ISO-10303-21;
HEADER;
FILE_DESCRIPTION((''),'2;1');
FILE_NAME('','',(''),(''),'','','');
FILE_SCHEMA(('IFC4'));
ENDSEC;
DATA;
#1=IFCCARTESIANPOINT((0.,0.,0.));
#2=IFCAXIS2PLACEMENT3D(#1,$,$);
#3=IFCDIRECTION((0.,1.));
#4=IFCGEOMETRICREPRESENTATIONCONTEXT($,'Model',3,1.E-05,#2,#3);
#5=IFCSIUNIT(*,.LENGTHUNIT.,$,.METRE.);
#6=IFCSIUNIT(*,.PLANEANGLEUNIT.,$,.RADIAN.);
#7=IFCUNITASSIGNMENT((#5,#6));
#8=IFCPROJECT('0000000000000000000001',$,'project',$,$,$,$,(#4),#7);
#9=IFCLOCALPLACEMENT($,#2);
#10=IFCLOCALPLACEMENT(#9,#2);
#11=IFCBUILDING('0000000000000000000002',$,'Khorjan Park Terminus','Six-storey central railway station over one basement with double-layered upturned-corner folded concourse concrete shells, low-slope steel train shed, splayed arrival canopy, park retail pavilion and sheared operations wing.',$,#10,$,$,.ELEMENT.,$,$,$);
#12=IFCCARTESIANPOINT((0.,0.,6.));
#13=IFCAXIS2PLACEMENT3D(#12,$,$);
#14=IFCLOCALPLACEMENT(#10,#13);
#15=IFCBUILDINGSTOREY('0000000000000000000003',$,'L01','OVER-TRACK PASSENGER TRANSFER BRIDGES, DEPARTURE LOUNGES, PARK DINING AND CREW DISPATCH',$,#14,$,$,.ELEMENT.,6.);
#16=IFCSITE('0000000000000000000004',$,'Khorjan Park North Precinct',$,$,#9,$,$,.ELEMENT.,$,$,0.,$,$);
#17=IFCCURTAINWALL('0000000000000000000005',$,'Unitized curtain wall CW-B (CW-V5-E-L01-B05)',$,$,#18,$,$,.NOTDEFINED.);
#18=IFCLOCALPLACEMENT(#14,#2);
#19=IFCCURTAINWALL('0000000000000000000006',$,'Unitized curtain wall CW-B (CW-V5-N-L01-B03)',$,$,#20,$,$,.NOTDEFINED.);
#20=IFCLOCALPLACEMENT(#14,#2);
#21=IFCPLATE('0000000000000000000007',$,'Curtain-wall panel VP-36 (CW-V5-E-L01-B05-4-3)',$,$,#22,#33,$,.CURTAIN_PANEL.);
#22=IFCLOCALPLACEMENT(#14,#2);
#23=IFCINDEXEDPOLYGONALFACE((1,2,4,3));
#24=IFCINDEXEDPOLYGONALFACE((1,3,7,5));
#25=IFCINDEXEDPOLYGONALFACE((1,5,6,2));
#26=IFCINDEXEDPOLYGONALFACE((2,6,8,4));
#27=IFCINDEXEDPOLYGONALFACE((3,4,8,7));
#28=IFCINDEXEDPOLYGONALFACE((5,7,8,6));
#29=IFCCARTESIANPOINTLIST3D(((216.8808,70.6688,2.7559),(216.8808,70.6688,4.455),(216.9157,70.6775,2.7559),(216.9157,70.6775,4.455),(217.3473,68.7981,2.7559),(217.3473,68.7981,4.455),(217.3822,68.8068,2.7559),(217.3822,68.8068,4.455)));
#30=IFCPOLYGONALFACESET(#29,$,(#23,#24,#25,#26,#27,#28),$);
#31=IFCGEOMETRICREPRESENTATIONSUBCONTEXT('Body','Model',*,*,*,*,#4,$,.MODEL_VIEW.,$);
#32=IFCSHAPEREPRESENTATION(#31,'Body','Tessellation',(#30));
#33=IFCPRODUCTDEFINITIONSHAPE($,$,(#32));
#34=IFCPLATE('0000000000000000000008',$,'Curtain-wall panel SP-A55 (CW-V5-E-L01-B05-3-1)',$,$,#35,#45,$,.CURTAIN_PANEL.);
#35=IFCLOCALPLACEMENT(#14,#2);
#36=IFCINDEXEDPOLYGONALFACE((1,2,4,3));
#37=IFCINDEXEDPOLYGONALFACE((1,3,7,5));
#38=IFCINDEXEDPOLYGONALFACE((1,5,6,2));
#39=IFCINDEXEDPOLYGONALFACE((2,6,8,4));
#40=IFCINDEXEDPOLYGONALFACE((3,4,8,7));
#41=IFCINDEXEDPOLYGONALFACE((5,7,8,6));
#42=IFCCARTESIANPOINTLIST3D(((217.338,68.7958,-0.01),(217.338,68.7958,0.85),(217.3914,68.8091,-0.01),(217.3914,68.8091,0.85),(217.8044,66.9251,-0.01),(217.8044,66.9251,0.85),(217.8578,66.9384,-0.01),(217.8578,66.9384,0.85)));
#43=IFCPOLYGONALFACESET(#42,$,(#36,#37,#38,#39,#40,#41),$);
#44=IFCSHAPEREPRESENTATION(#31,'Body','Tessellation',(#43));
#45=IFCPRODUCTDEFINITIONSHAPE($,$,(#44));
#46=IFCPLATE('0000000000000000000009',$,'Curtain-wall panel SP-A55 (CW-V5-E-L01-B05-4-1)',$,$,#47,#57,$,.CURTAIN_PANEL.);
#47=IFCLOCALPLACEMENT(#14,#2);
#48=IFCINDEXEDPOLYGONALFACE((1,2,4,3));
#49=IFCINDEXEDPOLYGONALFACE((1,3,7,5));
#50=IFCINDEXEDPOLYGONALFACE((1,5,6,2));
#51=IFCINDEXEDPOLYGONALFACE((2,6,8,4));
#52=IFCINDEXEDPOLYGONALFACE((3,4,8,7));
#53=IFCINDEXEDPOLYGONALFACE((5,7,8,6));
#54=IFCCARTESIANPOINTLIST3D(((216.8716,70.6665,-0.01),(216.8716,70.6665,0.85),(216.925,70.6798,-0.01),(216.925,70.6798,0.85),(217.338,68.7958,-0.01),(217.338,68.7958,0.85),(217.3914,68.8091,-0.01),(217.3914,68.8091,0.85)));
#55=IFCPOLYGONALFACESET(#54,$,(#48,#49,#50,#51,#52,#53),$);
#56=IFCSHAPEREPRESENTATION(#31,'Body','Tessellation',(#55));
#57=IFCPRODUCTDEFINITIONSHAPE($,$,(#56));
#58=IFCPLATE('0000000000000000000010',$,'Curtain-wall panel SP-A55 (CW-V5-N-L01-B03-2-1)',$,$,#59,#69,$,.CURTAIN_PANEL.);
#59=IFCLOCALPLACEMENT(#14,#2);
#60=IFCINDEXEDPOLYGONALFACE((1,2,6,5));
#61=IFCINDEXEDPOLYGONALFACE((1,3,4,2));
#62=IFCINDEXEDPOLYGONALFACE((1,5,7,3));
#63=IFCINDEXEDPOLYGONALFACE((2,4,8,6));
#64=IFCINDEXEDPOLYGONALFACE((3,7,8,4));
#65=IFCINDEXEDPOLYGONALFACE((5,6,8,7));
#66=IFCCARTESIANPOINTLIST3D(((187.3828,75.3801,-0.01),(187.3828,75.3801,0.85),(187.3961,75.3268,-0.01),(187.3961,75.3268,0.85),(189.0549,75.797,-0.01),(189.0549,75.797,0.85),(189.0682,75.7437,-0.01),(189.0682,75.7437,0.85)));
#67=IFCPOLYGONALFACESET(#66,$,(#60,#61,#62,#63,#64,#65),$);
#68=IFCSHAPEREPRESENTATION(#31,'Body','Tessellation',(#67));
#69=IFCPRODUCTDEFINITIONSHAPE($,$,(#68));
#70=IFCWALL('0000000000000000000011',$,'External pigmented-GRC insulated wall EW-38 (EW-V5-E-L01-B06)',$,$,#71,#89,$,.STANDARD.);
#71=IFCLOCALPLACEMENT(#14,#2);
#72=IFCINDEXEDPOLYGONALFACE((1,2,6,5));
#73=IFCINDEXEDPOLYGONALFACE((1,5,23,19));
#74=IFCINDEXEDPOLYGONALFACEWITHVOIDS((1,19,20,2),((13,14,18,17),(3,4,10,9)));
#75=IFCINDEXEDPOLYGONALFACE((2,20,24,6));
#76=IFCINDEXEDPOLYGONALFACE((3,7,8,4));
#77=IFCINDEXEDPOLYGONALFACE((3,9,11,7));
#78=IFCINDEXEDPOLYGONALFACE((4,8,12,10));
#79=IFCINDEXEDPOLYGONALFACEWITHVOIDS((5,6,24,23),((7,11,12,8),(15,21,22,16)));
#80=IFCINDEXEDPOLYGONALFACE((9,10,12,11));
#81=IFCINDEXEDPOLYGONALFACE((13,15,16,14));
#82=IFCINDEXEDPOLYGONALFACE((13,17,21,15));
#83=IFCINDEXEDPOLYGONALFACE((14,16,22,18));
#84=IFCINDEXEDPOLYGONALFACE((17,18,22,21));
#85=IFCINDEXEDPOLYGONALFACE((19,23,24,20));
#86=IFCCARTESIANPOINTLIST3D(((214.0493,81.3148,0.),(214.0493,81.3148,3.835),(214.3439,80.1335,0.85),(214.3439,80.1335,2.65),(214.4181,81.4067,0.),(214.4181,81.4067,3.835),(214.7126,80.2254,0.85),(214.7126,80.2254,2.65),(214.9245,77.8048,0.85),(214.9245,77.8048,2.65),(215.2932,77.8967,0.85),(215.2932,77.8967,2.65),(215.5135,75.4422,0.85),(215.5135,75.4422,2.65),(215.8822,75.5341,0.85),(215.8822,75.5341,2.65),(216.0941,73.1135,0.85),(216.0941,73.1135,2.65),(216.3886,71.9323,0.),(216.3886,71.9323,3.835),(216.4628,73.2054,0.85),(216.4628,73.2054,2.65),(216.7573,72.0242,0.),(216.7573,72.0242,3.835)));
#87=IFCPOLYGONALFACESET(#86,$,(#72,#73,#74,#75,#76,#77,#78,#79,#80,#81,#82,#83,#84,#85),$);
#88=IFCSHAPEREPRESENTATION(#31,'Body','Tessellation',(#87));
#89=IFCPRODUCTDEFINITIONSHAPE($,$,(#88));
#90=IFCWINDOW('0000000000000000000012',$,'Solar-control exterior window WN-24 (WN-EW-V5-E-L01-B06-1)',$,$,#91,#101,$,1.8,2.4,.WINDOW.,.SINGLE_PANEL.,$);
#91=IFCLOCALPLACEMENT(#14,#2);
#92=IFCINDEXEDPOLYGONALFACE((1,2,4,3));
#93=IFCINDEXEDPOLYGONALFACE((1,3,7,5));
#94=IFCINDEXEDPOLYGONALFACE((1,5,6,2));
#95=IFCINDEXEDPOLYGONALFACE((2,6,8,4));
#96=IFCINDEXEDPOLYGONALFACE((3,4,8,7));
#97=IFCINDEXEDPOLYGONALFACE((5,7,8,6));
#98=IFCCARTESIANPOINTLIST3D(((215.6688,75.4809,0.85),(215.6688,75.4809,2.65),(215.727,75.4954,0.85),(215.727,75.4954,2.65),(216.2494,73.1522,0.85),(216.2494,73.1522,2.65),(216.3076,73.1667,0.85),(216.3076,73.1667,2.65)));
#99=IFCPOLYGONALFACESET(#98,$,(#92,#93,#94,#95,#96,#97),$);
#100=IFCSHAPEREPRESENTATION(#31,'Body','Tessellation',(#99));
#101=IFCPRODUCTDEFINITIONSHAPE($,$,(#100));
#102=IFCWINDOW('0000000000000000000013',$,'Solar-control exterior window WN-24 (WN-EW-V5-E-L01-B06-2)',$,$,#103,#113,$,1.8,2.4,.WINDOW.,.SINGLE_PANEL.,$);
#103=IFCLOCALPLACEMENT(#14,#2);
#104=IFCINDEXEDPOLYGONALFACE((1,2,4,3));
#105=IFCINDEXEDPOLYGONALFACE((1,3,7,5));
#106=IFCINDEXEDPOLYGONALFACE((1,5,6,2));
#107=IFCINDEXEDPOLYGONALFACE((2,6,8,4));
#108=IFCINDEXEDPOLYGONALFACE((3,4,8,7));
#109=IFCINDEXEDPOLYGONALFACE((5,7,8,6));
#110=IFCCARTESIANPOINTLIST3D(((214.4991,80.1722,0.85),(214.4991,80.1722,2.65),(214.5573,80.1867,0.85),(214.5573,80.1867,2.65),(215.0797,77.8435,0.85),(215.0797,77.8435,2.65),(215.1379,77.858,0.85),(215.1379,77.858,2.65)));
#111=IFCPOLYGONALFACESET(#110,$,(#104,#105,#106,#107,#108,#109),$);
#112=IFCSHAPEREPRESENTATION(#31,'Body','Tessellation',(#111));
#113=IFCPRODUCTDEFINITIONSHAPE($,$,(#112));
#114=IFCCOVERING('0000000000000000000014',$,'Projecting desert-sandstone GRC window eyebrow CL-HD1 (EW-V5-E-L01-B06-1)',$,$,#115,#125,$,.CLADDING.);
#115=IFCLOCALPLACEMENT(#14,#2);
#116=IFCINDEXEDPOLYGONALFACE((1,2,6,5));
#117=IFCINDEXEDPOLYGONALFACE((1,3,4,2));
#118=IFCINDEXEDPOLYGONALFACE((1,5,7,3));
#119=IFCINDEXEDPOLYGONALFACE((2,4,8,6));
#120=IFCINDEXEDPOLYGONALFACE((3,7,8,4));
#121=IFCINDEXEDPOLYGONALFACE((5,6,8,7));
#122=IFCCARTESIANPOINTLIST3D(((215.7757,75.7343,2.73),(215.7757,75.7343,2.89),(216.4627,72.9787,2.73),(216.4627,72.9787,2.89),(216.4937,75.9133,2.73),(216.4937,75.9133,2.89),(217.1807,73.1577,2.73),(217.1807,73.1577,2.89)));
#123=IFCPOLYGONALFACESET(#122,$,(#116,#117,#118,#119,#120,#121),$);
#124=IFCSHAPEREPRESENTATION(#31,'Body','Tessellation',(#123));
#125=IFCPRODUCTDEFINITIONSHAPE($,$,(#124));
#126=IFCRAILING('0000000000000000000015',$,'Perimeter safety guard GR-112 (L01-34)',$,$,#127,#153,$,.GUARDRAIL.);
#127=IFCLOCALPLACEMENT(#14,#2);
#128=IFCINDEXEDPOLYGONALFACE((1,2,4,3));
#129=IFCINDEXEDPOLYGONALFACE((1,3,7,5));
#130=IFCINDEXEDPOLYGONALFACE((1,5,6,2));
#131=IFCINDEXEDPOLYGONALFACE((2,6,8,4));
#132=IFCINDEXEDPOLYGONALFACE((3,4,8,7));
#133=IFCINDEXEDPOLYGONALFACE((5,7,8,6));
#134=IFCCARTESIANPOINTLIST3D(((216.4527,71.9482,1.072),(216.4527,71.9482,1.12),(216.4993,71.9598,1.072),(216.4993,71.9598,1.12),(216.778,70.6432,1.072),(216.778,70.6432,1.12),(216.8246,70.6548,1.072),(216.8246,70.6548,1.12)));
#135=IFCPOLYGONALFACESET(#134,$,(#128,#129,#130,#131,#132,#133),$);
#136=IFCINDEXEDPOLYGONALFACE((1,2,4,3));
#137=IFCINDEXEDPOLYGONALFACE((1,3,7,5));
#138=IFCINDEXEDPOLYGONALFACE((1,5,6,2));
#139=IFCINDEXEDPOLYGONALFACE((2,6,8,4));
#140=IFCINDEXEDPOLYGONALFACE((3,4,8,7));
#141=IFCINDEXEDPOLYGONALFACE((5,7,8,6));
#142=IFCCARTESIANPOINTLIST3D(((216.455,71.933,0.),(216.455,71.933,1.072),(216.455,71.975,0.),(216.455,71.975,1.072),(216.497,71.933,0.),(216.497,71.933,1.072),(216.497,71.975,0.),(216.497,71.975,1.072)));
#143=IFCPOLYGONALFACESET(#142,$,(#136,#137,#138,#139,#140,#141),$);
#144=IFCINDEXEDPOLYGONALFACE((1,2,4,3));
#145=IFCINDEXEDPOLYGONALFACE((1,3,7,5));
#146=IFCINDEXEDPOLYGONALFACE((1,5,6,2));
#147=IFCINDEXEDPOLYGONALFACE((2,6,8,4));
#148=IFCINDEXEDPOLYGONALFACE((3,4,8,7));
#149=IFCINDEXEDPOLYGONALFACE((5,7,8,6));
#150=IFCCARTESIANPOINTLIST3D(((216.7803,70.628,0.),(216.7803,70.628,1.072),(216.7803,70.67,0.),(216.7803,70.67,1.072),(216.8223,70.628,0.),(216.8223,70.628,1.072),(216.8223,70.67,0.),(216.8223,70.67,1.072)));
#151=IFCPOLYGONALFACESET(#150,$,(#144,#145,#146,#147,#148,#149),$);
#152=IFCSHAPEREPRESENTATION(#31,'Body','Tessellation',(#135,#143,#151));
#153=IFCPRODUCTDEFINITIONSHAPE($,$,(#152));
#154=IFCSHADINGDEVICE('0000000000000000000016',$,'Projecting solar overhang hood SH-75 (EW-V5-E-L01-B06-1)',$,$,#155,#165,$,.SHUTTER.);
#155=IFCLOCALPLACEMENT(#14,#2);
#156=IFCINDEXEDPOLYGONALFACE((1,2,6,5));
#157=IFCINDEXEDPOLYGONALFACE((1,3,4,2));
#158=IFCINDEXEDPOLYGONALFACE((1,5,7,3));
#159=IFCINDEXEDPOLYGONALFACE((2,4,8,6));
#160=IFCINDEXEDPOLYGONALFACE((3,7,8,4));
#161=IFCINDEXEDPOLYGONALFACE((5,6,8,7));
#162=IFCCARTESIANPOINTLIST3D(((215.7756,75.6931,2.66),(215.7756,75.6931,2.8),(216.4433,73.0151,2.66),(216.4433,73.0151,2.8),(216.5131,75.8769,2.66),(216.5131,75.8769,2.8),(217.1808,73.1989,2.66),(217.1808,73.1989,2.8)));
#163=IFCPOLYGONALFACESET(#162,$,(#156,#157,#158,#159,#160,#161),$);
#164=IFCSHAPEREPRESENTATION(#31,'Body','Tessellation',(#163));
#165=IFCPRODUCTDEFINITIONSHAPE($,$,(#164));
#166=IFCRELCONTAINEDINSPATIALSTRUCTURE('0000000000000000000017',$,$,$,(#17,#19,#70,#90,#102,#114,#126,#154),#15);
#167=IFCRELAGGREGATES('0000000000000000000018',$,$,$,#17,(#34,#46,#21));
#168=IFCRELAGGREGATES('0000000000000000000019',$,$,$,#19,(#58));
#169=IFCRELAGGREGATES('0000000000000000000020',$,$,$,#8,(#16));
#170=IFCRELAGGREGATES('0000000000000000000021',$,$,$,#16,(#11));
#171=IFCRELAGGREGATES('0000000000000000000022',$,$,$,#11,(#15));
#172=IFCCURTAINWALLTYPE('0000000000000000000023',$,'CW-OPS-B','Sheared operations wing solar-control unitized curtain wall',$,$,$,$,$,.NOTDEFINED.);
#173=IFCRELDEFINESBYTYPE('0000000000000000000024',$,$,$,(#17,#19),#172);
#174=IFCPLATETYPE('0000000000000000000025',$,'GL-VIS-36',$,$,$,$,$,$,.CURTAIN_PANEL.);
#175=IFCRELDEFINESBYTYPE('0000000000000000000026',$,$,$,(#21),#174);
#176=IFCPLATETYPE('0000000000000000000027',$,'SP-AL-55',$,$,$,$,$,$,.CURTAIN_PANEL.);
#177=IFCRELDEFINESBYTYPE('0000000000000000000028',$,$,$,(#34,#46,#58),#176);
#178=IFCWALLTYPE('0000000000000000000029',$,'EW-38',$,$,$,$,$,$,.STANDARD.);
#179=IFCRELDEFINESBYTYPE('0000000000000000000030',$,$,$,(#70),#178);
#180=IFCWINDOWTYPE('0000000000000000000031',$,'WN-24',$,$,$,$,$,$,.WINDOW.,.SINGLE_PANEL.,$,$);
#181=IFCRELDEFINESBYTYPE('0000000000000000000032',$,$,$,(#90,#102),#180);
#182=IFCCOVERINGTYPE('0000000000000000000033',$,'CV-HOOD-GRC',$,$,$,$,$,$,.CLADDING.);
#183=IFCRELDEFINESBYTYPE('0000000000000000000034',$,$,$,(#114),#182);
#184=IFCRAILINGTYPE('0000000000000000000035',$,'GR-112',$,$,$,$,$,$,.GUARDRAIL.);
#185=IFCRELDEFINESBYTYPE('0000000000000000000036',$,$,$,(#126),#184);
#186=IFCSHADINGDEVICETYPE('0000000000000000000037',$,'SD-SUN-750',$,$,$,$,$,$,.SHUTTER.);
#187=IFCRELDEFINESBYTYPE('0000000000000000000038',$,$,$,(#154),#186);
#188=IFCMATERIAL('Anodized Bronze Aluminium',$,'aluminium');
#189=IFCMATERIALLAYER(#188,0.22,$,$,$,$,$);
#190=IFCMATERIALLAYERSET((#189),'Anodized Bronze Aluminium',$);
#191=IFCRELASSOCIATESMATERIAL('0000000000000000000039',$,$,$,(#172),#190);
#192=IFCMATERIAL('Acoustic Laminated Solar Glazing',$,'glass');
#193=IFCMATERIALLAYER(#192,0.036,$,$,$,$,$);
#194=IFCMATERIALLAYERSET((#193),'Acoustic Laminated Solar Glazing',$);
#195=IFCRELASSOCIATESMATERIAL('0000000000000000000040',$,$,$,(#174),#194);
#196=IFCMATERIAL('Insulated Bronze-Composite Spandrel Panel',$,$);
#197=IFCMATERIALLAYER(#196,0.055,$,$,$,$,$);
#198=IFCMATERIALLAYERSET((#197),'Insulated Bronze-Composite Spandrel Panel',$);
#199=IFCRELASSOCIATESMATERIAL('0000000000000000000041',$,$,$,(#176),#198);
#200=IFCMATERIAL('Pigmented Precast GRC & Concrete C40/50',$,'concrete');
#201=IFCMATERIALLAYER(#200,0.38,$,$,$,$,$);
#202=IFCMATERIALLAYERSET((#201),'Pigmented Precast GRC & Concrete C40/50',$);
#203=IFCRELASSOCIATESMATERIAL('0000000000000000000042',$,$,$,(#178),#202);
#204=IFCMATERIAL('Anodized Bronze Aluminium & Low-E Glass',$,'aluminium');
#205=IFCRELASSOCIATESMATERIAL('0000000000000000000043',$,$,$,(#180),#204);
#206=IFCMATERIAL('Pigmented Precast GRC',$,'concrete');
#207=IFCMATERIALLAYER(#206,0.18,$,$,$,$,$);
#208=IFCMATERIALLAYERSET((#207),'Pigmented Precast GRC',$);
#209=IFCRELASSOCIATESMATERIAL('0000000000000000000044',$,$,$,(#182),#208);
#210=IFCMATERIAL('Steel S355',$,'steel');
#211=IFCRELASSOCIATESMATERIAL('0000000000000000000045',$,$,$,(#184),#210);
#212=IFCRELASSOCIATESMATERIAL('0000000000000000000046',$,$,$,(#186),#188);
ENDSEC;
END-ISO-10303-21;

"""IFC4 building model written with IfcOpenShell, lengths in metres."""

from ifc_helpers import new_model, si_unit, direction, frame, frame_2d, origin, origin_2d, place, context, subcontext, project, spatial, rectangle, extrude, material, layer, layer_set, type_object, element, fill, aggregate, save


model = new_model("IFC4")

# Units and contexts
model_context = context("Model", 3, precision=1e-05, world=origin(), true_north=direction((0.0, 1.0)))
body_context = subcontext(model_context, "Body", "Model", "MODEL_VIEW")
ifc_project = project(units=[si_unit("LENGTHUNIT", "METRE"), si_unit("PLANEANGLEUNIT", "RADIAN")], contexts=[model_context])

# Site, building, storey
site_placement = place(None, origin())
site = spatial("IfcSite", under=ifc_project, at=site_placement, Name="Khorjan Park North Precinct", CompositionType="ELEMENT", RefElevation=0.0)
building_placement = place(site_placement, origin())
building = spatial("IfcBuilding", under=site, at=building_placement, Name="Khorjan Park Terminus", Description="Six-storey central railway station over one basement with double-layered upturned-corner folded concourse concrete shells, low-slope steel train shed, splayed arrival canopy, park retail pavilion and sheared operations wing.", CompositionType="ELEMENT")
storey_placement = place(building_placement, frame((0.0, 0.0, 6.0)))
storey = spatial("IfcBuildingStorey", under=building, at=storey_placement, Name="L01", Description="OVER-TRACK PASSENGER TRANSFER BRIDGES, DEPARTURE LOUNGES, PARK DINING AND CREW DISPATCH", CompositionType="ELEMENT", Elevation=6.0)

# Shared definitions
ifc_material_1 = material(Name="Steel S355", Category="steel")

# Curtain walls
ifc_material_2 = material(Name="Anodized Bronze Aluminium", Category="aluminium")
ifc_layer_1 = layer(ifc_material_2, 0.22)
ifc_layer_set_1 = layer_set([ifc_layer_1], Name="Anodized Bronze Aluminium")
curtain_wall_type = type_object("IfcCurtainWallType", Name="CW-OPS-B", Description="Sheared operations wing solar-control unitized curtain wall", PredefinedType="NOTDEFINED", material=ifc_layer_set_1)
curtain_wall_1_placement = place(storey_placement, origin())
curtain_wall_1 = element("IfcCurtainWall", 1, at=curtain_wall_1_placement, inside=storey, type_object=curtain_wall_type, Name="Unitized curtain wall CW-B (CW-V5-E-L01-B05)", PredefinedType="NOTDEFINED")
curtain_wall_2_placement = place(storey_placement, origin())
curtain_wall_2 = element("IfcCurtainWall", 2, at=curtain_wall_2_placement, inside=storey, type_object=curtain_wall_type, Name="Unitized curtain wall CW-B (CW-V5-N-L01-B03)", PredefinedType="NOTDEFINED")

# Plates
ifc_material_3 = material(Name="Acoustic Laminated Solar Glazing", Category="glass")
ifc_layer_2 = layer(ifc_material_3, 0.036)
ifc_layer_set_2 = layer_set([ifc_layer_2], Name="Acoustic Laminated Solar Glazing")
plate_type_1 = type_object("IfcPlateType", Name="GL-VIS-36", PredefinedType="CURTAIN_PANEL", material=ifc_layer_set_2)
plate_1_placement = place(storey_placement, frame((217.1315, 69.7378, 2.7559), z_axis=(0.0, 0.0, 1.0), x_axis=(-0.241935, 0.970292, 0.0)))
plate_1 = element("IfcPlate", 3, at=plate_1_placement, type_object=plate_type_1, Name="Curtain-wall panel VP-36 (CW-V5-E-L01-B05-4-3)", PredefinedType="CURTAIN_PANEL", context=body_context, shape_type="SweptSolid", body=[
    extrude(rectangle(XDim=1.928, YDim=0.036, at=origin_2d()), origin(), (0.0, 0.0, 1.0), 1.6991),
])
ifc_material_4 = material(Name="Insulated Bronze-Composite Spandrel Panel")
ifc_layer_3 = layer(ifc_material_4, 0.055)
ifc_layer_set_3 = layer_set([ifc_layer_3], Name="Insulated Bronze-Composite Spandrel Panel")
plate_type_2 = type_object("IfcPlateType", Name="SP-AL-55", PredefinedType="CURTAIN_PANEL", material=ifc_layer_set_3)
plate_2_placement = place(storey_placement, frame((217.5979, 67.8671, -0.01), z_axis=(0.0, 0.0, 1.0), x_axis=(-0.241935, 0.970292, 0.0)))
plate_2 = element("IfcPlate", 4, at=plate_2_placement, type_object=plate_type_2, Name="Curtain-wall panel SP-A55 (CW-V5-E-L01-B05-3-1)", PredefinedType="CURTAIN_PANEL", context=body_context, shape_type="SweptSolid", body=[
    extrude(rectangle(XDim=1.928, YDim=0.055, at=origin_2d()), origin(), (0.0, 0.0, 1.0), 0.86),
])
plate_3_placement = place(storey_placement, frame((217.1315, 69.7378, -0.01), z_axis=(0.0, 0.0, 1.0), x_axis=(-0.241935, 0.970292, 0.0)))
plate_3 = element("IfcPlate", 5, at=plate_3_placement, type_object=plate_type_2, Name="Curtain-wall panel SP-A55 (CW-V5-E-L01-B05-4-1)", PredefinedType="CURTAIN_PANEL", context=body_context, shape_type="SweptSolid", body=[
    extrude(rectangle(XDim=1.928, YDim=0.055, at=origin_2d()), origin(), (0.0, 0.0, 1.0), 0.86),
])
aggregate(curtain_wall_1, [plate_2, plate_3, plate_1])
plate_4_placement = place(storey_placement, frame((188.2255, 75.5619, -0.01), z_axis=(0.0, 0.0, 1.0), x_axis=(-0.970296, -0.241921, 0.0)))
plate_4 = element("IfcPlate", 6, at=plate_4_placement, type_object=plate_type_2, Name="Curtain-wall panel SP-A55 (CW-V5-N-L01-B03-2-1)", PredefinedType="CURTAIN_PANEL", context=body_context, shape_type="SweptSolid", body=[
    extrude(rectangle(XDim=1.7233, YDim=0.055, at=origin_2d()), origin(), (0.0, 0.0, 1.0), 0.86),
])
aggregate(curtain_wall_2, [plate_4])

# Wall, openings, windows
ifc_material_5 = material(Name="Pigmented Precast GRC & Concrete C40/50", Category="concrete")
ifc_layer_4 = layer(ifc_material_5, 0.38)
ifc_layer_set_4 = layer_set([ifc_layer_4], Name="Pigmented Precast GRC & Concrete C40/50")
wall_type = type_object("IfcWallType", Name="EW-38", PredefinedType="STANDARD", material=ifc_layer_set_4)
wall_placement = place(storey_placement, frame((216.573, 71.9782, 0.0), z_axis=(0.0, 0.0, 1.0), x_axis=(-0.24192, 0.970296, 0.0)))
wall = element("IfcWall", 7, at=wall_placement, inside=storey, type_object=wall_type, Name="External pigmented-GRC insulated wall EW-38 (EW-V5-E-L01-B06)", PredefinedType="STANDARD", context=body_context, shape_type="SweptSolid", body=[
    extrude(rectangle(XDim=9.6697, YDim=0.38, at=frame_2d((4.8349, 0.0))), origin(), (0.0, 0.0, 1.0), 3.835),
])
opening_1_placement = place(wall_placement, frame((1.2174, 0.0, 0.85)))
opening_1 = element("IfcOpeningElement", 8, at=opening_1_placement, cuts=wall, PredefinedType="OPENING", context=body_context, shape_type="SweptSolid", body=[
    extrude(rectangle(XDim=2.4, YDim=1.8, at=frame_2d((1.2, 0.9))), frame((0.0, 0.2, 0.0), z_axis=(0.0, -1.0, 0.0), x_axis=(1.0, 0.0, 0.0)), (0.0, 0.0, 1.0), 0.4),
])
opening_2_placement = place(wall_placement, frame((6.0523, 0.0, 0.85)))
opening_2 = element("IfcOpeningElement", 9, at=opening_2_placement, cuts=wall, PredefinedType="OPENING", context=body_context, shape_type="SweptSolid", body=[
    extrude(rectangle(XDim=2.4, YDim=1.8, at=frame_2d((1.2, 0.9))), frame((0.0, 0.2, 0.0), z_axis=(0.0, -1.0, 0.0), x_axis=(1.0, 0.0, 0.0)), (0.0, 0.0, 1.0), 0.4),
])
ifc_material_6 = material(Name="Anodized Bronze Aluminium & Low-E Glass", Category="aluminium")
window_type = type_object("IfcWindowType", Name="WN-24", PartitioningType="SINGLE_PANEL", PredefinedType="WINDOW", material=ifc_material_6)
window_1_placement = place(opening_1_placement, origin())
window_1 = element("IfcWindow", 10, at=window_1_placement, inside=storey, type_object=window_type, Name="Solar-control exterior window WN-24 (WN-EW-V5-E-L01-B06-1)", OverallHeight=1.8, OverallWidth=2.4, PartitioningType="SINGLE_PANEL", PredefinedType="WINDOW", context=body_context, shape_type="SweptSolid", body=[
    extrude(rectangle(XDim=2.4, YDim=1.8, at=frame_2d((1.2, 0.9))), frame((0.0, 0.03, 0.0), z_axis=(0.0, -1.0, 0.0), x_axis=(1.0, 0.0, 0.0)), (0.0, 0.0, 1.0), 0.06),
])
fill(opening_1, window_1)
window_2_placement = place(opening_2_placement, origin())
window_2 = element("IfcWindow", 11, at=window_2_placement, inside=storey, type_object=window_type, Name="Solar-control exterior window WN-24 (WN-EW-V5-E-L01-B06-2)", OverallHeight=1.8, OverallWidth=2.4, PartitioningType="SINGLE_PANEL", PredefinedType="WINDOW", context=body_context, shape_type="SweptSolid", body=[
    extrude(rectangle(XDim=2.4, YDim=1.8, at=frame_2d((1.2, 0.9))), frame((0.0, 0.03, 0.0), z_axis=(0.0, -1.0, 0.0), x_axis=(1.0, 0.0, 0.0)), (0.0, 0.0, 1.0), 0.06),
])
fill(opening_2, window_2)

# Covering
ifc_material_7 = material(Name="Pigmented Precast GRC", Category="concrete")
ifc_layer_5 = layer(ifc_material_7, 0.18)
ifc_layer_set_5 = layer_set([ifc_layer_5], Name="Pigmented Precast GRC")
covering_type = type_object("IfcCoveringType", Name="CV-HOOD-GRC", PredefinedType="CLADDING", material=ifc_layer_set_5)
covering_placement = place(storey_placement, frame((216.4782, 74.446, 2.73), z_axis=(0.0, 0.0, 1.0), x_axis=(-0.24192, 0.970296, 0.0)))
element("IfcCovering", 12, at=covering_placement, inside=storey, type_object=covering_type, Name="Projecting desert-sandstone GRC window eyebrow CL-HD1 (EW-V5-E-L01-B06-1)", PredefinedType="CLADDING", context=body_context, shape_type="SweptSolid", body=[
    extrude(rectangle(XDim=2.84, YDim=0.74, at=origin_2d()), origin(), (0.0, 0.0, 1.0), 0.16),
])

# Railing
railing_type = type_object("IfcRailingType", Name="GR-112", PredefinedType="GUARDRAIL", material=ifc_material_1)
railing_placement = place(storey_placement, frame((216.476, 71.954, 0.0)))
element("IfcRailing", 13, at=railing_placement, inside=storey, type_object=railing_type, Name="Perimeter safety guard GR-112 (L01-34)", PredefinedType="GUARDRAIL", context=body_context, shape_type="SweptSolid", body=[
    extrude(rectangle(XDim=0.048, YDim=0.048, at=origin_2d()), frame((0.0, 0.0, 1.096), z_axis=(0.241871, -0.970308, 0.0), x_axis=(0.970308, 0.241871, 0.0)), (0.0, 0.0, 1.0), 1.3449),
    extrude(rectangle(XDim=0.042, YDim=0.042, at=origin_2d()), origin(), (0.0, 0.0, 1.0), 1.072),
    extrude(rectangle(XDim=0.042, YDim=0.042, at=origin_2d()), frame((0.3253, -1.305, 0.0)), (0.0, 0.0, 1.0), 1.072),
])

# Shading device
shading_device_type = type_object("IfcShadingDeviceType", Name="SD-SUN-750", PredefinedType="SHUTTER", material=ifc_material_2)
shading_device_placement = place(storey_placement, frame((216.4782, 74.446, 2.66), z_axis=(0.0, 0.0, 1.0), x_axis=(-0.24192, 0.970296, 0.0)))
element("IfcShadingDevice", 14, at=shading_device_placement, inside=storey, type_object=shading_device_type, Name="Projecting solar overhang hood SH-75 (EW-V5-E-L01-B06-1)", PredefinedType="SHUTTER", context=body_context, shape_type="SweptSolid", body=[
    extrude(rectangle(XDim=2.76, YDim=0.76, at=origin_2d()), origin(), (0.0, 0.0, 1.0), 0.14),
])

save(model, "model.ifc")
